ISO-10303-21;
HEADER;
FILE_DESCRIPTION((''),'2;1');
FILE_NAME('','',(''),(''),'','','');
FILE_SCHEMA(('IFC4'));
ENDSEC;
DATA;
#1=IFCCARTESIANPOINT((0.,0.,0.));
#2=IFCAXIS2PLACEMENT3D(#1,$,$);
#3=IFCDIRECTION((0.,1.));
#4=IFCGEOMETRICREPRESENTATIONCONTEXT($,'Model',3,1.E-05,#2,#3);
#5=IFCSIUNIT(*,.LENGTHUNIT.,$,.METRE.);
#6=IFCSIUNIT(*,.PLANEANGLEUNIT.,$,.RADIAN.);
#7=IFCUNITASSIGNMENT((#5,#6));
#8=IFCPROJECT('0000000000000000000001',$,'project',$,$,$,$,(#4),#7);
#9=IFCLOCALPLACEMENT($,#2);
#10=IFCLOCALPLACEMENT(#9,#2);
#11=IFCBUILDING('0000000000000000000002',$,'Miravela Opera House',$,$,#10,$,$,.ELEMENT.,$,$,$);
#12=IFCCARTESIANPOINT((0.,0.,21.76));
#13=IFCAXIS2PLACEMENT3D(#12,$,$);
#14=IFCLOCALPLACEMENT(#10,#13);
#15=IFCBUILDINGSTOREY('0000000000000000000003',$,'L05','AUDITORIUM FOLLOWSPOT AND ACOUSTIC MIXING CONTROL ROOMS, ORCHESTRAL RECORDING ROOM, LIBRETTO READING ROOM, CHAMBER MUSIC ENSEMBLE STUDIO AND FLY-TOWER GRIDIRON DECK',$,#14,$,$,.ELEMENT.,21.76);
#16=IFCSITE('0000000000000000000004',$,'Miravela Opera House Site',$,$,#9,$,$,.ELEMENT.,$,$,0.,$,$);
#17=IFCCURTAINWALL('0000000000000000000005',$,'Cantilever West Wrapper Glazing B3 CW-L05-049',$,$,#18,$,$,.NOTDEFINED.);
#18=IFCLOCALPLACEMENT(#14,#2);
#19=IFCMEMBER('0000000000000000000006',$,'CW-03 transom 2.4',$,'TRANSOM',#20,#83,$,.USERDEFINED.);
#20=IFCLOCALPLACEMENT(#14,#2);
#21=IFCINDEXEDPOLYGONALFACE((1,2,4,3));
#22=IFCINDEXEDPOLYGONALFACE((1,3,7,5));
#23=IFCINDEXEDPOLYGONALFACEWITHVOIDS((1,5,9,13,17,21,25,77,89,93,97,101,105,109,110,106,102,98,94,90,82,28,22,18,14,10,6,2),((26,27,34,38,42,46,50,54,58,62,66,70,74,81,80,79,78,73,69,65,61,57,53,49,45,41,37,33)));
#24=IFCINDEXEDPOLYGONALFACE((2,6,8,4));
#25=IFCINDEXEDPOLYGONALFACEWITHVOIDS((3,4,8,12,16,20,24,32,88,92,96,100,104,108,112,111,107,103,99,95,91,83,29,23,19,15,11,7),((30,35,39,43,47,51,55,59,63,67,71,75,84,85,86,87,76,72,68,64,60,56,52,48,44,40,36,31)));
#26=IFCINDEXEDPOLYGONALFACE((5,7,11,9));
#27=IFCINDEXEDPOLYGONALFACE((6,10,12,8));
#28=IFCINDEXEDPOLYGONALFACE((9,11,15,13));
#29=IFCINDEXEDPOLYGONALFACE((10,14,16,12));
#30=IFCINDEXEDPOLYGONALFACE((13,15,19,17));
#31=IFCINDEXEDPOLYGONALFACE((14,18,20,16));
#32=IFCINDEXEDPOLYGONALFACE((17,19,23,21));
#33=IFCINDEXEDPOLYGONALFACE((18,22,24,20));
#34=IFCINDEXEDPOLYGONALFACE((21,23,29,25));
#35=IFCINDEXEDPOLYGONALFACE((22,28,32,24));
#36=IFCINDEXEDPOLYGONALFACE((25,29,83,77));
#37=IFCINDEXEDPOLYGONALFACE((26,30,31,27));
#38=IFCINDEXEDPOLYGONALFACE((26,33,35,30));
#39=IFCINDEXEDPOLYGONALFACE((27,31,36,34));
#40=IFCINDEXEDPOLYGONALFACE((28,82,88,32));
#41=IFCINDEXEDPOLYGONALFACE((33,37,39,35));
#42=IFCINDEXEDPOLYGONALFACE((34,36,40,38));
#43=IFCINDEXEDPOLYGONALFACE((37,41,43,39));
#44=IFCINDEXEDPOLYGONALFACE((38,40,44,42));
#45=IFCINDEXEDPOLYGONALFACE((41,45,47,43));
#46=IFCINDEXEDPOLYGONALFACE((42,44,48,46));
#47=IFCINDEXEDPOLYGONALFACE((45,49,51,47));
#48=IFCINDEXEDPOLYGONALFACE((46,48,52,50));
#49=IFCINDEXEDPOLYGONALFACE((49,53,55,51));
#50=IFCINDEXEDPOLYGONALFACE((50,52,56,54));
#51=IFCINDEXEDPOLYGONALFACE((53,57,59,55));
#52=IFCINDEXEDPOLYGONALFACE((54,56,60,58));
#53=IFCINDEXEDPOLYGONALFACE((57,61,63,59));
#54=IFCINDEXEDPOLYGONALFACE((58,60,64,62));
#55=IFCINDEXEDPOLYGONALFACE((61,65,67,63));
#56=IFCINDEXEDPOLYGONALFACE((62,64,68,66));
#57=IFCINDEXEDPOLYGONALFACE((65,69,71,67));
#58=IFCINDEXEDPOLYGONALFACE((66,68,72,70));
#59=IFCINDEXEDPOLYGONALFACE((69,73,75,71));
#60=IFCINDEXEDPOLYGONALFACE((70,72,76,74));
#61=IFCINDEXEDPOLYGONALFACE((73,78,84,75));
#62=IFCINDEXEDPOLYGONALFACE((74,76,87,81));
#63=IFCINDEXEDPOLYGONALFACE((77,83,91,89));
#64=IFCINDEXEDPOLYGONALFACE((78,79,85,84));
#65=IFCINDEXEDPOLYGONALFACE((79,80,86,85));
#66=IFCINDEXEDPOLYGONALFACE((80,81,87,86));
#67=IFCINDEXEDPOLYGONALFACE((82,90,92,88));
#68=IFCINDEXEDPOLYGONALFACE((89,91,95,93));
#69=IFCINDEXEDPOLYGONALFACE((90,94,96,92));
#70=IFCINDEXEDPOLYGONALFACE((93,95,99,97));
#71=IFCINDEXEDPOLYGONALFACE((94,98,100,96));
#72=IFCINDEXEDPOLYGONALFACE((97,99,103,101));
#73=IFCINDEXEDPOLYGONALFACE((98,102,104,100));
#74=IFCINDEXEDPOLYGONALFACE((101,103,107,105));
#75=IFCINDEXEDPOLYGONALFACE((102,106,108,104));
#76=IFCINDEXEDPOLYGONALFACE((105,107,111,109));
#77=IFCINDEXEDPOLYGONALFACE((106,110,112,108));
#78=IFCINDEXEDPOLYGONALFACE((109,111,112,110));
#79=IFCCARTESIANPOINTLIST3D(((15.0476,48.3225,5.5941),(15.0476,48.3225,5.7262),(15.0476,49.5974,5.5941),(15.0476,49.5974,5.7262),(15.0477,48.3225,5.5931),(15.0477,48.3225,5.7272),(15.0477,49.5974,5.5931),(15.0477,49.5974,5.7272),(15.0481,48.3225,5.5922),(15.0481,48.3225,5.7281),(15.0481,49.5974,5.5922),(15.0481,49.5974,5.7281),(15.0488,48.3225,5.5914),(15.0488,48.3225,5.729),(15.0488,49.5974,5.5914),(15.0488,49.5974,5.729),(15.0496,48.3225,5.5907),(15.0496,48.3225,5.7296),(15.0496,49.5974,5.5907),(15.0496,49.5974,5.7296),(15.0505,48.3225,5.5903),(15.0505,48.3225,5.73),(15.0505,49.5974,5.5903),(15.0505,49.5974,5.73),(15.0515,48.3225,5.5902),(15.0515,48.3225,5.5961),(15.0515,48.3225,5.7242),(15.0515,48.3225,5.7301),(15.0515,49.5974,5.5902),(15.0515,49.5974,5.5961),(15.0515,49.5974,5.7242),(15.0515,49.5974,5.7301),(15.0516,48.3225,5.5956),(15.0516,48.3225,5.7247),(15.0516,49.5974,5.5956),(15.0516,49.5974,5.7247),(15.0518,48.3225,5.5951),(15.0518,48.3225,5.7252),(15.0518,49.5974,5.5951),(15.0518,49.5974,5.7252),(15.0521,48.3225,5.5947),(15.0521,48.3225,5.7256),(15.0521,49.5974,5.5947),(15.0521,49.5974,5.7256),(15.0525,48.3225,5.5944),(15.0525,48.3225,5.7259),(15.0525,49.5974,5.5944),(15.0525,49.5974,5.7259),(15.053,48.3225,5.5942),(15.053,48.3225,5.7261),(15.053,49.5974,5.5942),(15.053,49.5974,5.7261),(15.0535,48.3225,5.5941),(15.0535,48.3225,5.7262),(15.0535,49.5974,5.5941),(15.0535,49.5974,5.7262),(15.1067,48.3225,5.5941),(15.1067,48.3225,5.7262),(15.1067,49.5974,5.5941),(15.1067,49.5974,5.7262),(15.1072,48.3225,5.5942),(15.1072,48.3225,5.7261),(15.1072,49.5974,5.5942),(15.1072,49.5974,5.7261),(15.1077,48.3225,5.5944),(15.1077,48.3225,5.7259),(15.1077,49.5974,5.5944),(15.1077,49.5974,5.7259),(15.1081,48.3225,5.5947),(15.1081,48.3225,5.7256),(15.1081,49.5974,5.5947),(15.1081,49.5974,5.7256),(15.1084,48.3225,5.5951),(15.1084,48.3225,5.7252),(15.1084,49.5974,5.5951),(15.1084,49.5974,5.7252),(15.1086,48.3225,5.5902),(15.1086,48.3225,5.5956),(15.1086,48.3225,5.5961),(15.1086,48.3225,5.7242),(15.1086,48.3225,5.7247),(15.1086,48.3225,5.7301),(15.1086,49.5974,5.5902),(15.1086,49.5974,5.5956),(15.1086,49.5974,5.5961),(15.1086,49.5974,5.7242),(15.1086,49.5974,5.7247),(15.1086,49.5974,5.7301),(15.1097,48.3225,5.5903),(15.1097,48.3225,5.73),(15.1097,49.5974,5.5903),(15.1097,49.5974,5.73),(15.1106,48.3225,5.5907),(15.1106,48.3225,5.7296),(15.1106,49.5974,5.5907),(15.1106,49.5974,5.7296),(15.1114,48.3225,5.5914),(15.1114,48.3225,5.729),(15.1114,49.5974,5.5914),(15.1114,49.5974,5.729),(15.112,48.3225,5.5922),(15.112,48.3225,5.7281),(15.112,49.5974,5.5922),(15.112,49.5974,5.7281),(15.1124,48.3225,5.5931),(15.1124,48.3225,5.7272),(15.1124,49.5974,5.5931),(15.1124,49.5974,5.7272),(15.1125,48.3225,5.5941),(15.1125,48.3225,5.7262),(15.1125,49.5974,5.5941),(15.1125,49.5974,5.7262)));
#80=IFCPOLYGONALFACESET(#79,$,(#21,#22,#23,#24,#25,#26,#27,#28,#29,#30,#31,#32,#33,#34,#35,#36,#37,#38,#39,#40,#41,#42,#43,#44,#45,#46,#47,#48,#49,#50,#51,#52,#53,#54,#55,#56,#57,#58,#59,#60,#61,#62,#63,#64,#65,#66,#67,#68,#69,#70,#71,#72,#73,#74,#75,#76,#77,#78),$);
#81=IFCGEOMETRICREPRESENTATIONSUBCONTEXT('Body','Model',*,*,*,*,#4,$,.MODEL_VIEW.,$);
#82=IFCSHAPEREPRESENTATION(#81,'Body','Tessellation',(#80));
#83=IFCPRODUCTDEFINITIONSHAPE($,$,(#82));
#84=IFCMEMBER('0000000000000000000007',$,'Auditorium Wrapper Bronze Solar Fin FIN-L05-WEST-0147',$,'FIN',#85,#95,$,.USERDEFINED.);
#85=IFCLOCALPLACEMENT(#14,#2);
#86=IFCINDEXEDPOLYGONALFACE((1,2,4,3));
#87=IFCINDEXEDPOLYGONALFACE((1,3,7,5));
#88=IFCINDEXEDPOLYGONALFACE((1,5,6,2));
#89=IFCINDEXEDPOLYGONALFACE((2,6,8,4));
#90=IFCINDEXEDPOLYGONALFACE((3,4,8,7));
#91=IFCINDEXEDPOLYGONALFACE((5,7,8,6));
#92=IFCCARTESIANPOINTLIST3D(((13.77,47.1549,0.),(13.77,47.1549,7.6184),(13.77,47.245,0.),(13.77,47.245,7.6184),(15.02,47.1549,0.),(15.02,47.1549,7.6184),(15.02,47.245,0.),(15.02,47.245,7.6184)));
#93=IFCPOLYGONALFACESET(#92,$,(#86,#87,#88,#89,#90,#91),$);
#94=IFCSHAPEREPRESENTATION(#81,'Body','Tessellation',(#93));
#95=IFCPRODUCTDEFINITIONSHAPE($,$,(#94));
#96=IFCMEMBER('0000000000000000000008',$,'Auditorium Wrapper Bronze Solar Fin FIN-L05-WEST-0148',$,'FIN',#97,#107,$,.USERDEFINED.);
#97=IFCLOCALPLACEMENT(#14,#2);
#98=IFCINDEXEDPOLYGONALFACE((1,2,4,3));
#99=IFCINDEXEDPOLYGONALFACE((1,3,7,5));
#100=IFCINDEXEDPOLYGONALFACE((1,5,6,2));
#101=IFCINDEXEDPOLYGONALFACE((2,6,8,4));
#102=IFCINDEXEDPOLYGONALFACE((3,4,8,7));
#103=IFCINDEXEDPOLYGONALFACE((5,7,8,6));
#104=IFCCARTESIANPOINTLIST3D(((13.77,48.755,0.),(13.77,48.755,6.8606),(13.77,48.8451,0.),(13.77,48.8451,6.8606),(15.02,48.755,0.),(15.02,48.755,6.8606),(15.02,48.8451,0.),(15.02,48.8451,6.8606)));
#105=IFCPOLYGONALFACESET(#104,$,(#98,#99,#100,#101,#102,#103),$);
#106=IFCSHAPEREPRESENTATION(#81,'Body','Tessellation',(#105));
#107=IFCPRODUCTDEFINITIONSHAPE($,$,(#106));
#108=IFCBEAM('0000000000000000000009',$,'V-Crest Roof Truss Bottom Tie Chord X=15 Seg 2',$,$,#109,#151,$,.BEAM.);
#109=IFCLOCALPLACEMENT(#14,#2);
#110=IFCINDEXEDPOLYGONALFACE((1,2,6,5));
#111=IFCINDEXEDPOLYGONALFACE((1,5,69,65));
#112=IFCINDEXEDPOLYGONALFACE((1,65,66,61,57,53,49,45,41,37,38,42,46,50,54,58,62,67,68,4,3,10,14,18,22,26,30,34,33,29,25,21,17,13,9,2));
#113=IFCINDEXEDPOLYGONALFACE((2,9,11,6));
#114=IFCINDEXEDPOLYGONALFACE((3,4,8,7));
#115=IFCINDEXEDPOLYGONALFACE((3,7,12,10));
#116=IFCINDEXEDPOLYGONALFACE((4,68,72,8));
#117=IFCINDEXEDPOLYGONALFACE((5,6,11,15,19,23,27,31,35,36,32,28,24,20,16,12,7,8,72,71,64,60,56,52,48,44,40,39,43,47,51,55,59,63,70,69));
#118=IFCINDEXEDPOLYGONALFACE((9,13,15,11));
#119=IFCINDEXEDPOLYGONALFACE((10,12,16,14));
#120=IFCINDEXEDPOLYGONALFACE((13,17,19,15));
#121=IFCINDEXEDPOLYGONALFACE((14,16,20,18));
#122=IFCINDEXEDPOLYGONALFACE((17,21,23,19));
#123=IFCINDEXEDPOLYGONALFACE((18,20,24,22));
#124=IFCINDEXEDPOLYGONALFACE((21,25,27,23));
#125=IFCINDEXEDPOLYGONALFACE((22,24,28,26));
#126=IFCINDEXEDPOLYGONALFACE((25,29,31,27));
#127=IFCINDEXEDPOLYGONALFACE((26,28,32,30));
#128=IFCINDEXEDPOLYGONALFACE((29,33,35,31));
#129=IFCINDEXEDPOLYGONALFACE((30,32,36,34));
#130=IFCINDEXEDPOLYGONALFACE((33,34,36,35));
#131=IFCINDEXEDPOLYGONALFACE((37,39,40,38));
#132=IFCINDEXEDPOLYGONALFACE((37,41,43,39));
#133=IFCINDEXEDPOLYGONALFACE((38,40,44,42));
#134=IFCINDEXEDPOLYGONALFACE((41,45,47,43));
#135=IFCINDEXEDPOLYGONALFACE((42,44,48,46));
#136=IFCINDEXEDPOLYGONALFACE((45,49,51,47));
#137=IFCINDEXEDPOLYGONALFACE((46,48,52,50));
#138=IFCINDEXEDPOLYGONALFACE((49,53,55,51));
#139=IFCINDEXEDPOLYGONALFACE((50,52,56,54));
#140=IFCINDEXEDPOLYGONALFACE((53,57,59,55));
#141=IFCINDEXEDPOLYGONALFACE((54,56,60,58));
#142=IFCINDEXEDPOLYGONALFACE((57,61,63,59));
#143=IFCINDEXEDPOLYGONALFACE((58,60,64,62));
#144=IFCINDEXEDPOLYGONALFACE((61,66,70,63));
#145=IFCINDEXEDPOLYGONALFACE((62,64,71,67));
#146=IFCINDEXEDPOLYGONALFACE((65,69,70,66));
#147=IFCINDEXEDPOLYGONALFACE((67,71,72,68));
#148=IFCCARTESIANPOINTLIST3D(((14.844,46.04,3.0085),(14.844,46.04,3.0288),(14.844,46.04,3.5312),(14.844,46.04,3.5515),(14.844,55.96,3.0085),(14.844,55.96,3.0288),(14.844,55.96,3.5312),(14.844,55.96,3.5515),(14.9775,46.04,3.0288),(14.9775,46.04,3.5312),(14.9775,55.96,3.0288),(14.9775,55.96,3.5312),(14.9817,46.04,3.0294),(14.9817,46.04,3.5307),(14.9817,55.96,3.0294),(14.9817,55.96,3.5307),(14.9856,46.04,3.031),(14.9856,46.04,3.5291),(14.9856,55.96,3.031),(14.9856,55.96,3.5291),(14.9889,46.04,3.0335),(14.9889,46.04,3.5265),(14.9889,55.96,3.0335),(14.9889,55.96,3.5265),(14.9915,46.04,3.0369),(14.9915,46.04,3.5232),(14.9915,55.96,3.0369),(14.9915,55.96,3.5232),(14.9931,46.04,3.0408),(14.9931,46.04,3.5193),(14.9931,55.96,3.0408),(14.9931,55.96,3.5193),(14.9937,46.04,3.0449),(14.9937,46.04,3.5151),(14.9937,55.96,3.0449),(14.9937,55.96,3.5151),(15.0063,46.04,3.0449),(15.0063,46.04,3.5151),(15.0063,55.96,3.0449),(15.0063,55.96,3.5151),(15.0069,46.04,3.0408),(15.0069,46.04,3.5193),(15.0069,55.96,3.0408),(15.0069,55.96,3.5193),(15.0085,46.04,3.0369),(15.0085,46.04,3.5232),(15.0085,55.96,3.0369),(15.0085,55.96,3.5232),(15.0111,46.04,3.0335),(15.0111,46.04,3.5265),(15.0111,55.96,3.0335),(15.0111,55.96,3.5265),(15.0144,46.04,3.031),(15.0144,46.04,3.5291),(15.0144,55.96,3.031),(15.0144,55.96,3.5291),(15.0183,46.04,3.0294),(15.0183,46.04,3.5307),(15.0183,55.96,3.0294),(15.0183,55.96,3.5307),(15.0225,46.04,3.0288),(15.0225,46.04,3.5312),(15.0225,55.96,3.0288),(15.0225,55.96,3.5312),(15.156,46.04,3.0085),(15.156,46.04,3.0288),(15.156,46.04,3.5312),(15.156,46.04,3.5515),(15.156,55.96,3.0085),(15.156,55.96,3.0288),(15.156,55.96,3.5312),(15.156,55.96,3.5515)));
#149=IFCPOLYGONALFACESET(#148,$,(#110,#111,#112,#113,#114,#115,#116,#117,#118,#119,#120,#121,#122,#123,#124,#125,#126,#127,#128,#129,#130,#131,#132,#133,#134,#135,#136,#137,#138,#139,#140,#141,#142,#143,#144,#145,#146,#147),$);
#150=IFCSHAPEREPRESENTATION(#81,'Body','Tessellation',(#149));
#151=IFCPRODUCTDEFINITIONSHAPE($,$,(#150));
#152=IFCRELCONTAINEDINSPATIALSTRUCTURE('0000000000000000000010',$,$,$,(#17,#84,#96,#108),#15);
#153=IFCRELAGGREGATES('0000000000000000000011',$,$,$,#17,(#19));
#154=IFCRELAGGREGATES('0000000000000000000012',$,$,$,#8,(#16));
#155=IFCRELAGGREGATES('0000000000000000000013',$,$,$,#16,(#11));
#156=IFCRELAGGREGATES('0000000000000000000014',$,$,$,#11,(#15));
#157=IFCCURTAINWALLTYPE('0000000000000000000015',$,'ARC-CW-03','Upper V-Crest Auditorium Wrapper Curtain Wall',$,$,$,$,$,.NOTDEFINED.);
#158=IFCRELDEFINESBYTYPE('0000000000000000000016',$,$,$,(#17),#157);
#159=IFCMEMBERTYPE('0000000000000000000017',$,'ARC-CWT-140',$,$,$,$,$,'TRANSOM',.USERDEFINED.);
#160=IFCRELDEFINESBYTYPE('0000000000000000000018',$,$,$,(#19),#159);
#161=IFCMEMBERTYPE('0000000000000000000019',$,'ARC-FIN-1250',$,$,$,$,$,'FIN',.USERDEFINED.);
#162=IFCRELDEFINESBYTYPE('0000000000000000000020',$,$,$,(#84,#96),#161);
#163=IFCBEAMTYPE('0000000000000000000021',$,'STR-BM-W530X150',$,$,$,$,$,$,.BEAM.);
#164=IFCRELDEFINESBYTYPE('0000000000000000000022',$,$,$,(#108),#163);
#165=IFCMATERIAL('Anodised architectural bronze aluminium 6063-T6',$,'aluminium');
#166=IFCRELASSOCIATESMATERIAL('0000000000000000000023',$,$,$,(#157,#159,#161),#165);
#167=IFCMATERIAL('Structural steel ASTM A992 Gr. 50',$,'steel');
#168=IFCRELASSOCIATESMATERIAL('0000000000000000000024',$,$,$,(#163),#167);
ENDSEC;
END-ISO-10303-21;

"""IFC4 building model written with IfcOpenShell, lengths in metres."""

from ifc_helpers import new_model, si_unit, direction, frame, origin, origin_2d, place, context, subcontext, project, spatial, rectangle, hollow_rectangle, i_section, extrude, material, material_profile, profile_set, type_object, element, aggregate, save


model = new_model("IFC4")

# Units and contexts
model_context = context("Model", 3, precision=1e-05, world=origin(), true_north=direction((0.0, 1.0)))
body_context = subcontext(model_context, "Body", "Model", "MODEL_VIEW")
ifc_project = project(units=[si_unit("LENGTHUNIT", "METRE"), si_unit("PLANEANGLEUNIT", "RADIAN")], contexts=[model_context])

# Site, building, storey
site_placement = place(None, origin())
site = spatial("IfcSite", under=ifc_project, at=site_placement, Name="Miravela Opera House Site", CompositionType="ELEMENT", RefElevation=0.0)
building_placement = place(site_placement, origin())
building = spatial("IfcBuilding", under=site, at=building_placement, Name="Miravela Opera House", CompositionType="ELEMENT")
storey_placement = place(building_placement, frame((0.0, 0.0, 21.76)))
storey = spatial("IfcBuildingStorey", under=building, at=storey_placement, Name="L05", Description="AUDITORIUM FOLLOWSPOT AND ACOUSTIC MIXING CONTROL ROOMS, ORCHESTRAL RECORDING ROOM, LIBRETTO READING ROOM, CHAMBER MUSIC ENSEMBLE STUDIO AND FLY-TOWER GRIDIRON DECK", CompositionType="ELEMENT", Elevation=21.76)

# Shared definitions
ifc_material_1 = material(Name="Anodised architectural bronze aluminium 6063-T6", Category="aluminium")
curtain_wall_type = type_object("IfcCurtainWallType", Name="ARC-CW-03", Description="Upper V-Crest Auditorium Wrapper Curtain Wall", PredefinedType="NOTDEFINED", material=ifc_material_1)

# Curtain wall, member
curtain_wall_1_placement = place(storey_placement, origin())
curtain_wall_1 = element("IfcCurtainWall", 1, at=curtain_wall_1_placement, inside=storey, type_object=curtain_wall_type, Name="Cantilever West Wrapper Glazing B3 CW-L05-049", PredefinedType="NOTDEFINED")
ifc_material_profile_1 = material_profile(ifc_material_1, hollow_rectangle(XDim=0.0649, YDim=0.1399, WallThickness=0.0039, InnerFilletRadius=0.002, OuterFilletRadius=0.0039, at=origin_2d()), Name="CWT-65X140")
ifc_profile_set_1 = profile_set([ifc_material_profile_1])
member_type_1 = type_object("IfcMemberType", Name="ARC-CWT-140", ElementType="TRANSOM", PredefinedType="USERDEFINED", material=ifc_profile_set_1)
member_1_placement = place(storey_placement, frame((15.0801, 48.3225, 5.6602), z_axis=(0.0, 1.0, 0.0), x_axis=(-1.0, 0.0, 0.0)))
member_1 = element("IfcMember", 2, at=member_1_placement, type_object=member_type_1, Name="CW-03 transom 2.4", ObjectType="TRANSOM", PredefinedType="USERDEFINED", context=body_context, shape_type="SweptSolid", body=[
    extrude(hollow_rectangle(XDim=0.0649, YDim=0.1399, WallThickness=0.0039, InnerFilletRadius=0.002, OuterFilletRadius=0.0039, at=origin_2d()), origin(), (0.0, 0.0, 1.0), 1.2749),
])

# Members
ifc_material_profile_2 = material_profile(ifc_material_1, rectangle(XDim=0.0901, YDim=1.25, at=origin_2d()), Name="FIN-1250X90")
ifc_profile_set_2 = profile_set([ifc_material_profile_2])
member_type_2 = type_object("IfcMemberType", Name="ARC-FIN-1250", ElementType="FIN", PredefinedType="USERDEFINED", material=ifc_profile_set_2)
member_2_placement = place(storey_placement, frame((14.395, 47.2, 0.0), z_axis=(0.0, 0.0, 1.0), x_axis=(0.0, 1.0, 0.0)))
element("IfcMember", 3, at=member_2_placement, inside=storey, type_object=member_type_2, Name="Auditorium Wrapper Bronze Solar Fin FIN-L05-WEST-0147", ObjectType="FIN", PredefinedType="USERDEFINED", context=body_context, shape_type="SweptSolid", body=[
    extrude(rectangle(XDim=0.0901, YDim=1.25, at=origin_2d()), origin(), (0.0, 0.0, 1.0), 7.6184),
])
member_3_placement = place(storey_placement, frame((14.395, 48.8, 0.0), z_axis=(0.0, 0.0, 1.0), x_axis=(0.0, 1.0, 0.0)))
element("IfcMember", 4, at=member_3_placement, inside=storey, type_object=member_type_2, Name="Auditorium Wrapper Bronze Solar Fin FIN-L05-WEST-0148", ObjectType="FIN", PredefinedType="USERDEFINED", context=body_context, shape_type="SweptSolid", body=[
    extrude(rectangle(XDim=0.0901, YDim=1.25, at=origin_2d()), origin(), (0.0, 0.0, 1.0), 6.8606),
])

# Beam
ifc_material_2 = material(Name="Structural steel ASTM A992 Gr. 50", Category="steel")
ifc_material_profile_3 = material_profile(ifc_material_2, i_section(OverallWidth=0.312, OverallDepth=0.543, WebThickness=0.0127, FlangeThickness=0.0203, FilletRadius=0.0161, at=origin_2d()), Name="W530X150")
ifc_profile_set_3 = profile_set([ifc_material_profile_3])
beam_type_1 = type_object("IfcBeamType", Name="STR-BM-W530X150", PredefinedType="BEAM", material=ifc_profile_set_3)
beam_1_placement = place(storey_placement, frame((15.0, 46.04, 3.28), z_axis=(0.0, 1.0, 0.0), x_axis=(-1.0, 0.0, 0.0)))
element("IfcBeam", 5, at=beam_1_placement, inside=storey, type_object=beam_type_1, Name="V-Crest Roof Truss Bottom Tie Chord X=15 Seg 2", PredefinedType="BEAM", context=body_context, shape_type="SweptSolid", body=[
    extrude(i_section(OverallWidth=0.312, OverallDepth=0.543, WebThickness=0.0127, FlangeThickness=0.0203, FilletRadius=0.0161, at=origin_2d()), origin(), (0.0, 0.0, 1.0), 9.9199),
])

aggregate(curtain_wall_1, [member_1])

save(model, "model.ifc")
